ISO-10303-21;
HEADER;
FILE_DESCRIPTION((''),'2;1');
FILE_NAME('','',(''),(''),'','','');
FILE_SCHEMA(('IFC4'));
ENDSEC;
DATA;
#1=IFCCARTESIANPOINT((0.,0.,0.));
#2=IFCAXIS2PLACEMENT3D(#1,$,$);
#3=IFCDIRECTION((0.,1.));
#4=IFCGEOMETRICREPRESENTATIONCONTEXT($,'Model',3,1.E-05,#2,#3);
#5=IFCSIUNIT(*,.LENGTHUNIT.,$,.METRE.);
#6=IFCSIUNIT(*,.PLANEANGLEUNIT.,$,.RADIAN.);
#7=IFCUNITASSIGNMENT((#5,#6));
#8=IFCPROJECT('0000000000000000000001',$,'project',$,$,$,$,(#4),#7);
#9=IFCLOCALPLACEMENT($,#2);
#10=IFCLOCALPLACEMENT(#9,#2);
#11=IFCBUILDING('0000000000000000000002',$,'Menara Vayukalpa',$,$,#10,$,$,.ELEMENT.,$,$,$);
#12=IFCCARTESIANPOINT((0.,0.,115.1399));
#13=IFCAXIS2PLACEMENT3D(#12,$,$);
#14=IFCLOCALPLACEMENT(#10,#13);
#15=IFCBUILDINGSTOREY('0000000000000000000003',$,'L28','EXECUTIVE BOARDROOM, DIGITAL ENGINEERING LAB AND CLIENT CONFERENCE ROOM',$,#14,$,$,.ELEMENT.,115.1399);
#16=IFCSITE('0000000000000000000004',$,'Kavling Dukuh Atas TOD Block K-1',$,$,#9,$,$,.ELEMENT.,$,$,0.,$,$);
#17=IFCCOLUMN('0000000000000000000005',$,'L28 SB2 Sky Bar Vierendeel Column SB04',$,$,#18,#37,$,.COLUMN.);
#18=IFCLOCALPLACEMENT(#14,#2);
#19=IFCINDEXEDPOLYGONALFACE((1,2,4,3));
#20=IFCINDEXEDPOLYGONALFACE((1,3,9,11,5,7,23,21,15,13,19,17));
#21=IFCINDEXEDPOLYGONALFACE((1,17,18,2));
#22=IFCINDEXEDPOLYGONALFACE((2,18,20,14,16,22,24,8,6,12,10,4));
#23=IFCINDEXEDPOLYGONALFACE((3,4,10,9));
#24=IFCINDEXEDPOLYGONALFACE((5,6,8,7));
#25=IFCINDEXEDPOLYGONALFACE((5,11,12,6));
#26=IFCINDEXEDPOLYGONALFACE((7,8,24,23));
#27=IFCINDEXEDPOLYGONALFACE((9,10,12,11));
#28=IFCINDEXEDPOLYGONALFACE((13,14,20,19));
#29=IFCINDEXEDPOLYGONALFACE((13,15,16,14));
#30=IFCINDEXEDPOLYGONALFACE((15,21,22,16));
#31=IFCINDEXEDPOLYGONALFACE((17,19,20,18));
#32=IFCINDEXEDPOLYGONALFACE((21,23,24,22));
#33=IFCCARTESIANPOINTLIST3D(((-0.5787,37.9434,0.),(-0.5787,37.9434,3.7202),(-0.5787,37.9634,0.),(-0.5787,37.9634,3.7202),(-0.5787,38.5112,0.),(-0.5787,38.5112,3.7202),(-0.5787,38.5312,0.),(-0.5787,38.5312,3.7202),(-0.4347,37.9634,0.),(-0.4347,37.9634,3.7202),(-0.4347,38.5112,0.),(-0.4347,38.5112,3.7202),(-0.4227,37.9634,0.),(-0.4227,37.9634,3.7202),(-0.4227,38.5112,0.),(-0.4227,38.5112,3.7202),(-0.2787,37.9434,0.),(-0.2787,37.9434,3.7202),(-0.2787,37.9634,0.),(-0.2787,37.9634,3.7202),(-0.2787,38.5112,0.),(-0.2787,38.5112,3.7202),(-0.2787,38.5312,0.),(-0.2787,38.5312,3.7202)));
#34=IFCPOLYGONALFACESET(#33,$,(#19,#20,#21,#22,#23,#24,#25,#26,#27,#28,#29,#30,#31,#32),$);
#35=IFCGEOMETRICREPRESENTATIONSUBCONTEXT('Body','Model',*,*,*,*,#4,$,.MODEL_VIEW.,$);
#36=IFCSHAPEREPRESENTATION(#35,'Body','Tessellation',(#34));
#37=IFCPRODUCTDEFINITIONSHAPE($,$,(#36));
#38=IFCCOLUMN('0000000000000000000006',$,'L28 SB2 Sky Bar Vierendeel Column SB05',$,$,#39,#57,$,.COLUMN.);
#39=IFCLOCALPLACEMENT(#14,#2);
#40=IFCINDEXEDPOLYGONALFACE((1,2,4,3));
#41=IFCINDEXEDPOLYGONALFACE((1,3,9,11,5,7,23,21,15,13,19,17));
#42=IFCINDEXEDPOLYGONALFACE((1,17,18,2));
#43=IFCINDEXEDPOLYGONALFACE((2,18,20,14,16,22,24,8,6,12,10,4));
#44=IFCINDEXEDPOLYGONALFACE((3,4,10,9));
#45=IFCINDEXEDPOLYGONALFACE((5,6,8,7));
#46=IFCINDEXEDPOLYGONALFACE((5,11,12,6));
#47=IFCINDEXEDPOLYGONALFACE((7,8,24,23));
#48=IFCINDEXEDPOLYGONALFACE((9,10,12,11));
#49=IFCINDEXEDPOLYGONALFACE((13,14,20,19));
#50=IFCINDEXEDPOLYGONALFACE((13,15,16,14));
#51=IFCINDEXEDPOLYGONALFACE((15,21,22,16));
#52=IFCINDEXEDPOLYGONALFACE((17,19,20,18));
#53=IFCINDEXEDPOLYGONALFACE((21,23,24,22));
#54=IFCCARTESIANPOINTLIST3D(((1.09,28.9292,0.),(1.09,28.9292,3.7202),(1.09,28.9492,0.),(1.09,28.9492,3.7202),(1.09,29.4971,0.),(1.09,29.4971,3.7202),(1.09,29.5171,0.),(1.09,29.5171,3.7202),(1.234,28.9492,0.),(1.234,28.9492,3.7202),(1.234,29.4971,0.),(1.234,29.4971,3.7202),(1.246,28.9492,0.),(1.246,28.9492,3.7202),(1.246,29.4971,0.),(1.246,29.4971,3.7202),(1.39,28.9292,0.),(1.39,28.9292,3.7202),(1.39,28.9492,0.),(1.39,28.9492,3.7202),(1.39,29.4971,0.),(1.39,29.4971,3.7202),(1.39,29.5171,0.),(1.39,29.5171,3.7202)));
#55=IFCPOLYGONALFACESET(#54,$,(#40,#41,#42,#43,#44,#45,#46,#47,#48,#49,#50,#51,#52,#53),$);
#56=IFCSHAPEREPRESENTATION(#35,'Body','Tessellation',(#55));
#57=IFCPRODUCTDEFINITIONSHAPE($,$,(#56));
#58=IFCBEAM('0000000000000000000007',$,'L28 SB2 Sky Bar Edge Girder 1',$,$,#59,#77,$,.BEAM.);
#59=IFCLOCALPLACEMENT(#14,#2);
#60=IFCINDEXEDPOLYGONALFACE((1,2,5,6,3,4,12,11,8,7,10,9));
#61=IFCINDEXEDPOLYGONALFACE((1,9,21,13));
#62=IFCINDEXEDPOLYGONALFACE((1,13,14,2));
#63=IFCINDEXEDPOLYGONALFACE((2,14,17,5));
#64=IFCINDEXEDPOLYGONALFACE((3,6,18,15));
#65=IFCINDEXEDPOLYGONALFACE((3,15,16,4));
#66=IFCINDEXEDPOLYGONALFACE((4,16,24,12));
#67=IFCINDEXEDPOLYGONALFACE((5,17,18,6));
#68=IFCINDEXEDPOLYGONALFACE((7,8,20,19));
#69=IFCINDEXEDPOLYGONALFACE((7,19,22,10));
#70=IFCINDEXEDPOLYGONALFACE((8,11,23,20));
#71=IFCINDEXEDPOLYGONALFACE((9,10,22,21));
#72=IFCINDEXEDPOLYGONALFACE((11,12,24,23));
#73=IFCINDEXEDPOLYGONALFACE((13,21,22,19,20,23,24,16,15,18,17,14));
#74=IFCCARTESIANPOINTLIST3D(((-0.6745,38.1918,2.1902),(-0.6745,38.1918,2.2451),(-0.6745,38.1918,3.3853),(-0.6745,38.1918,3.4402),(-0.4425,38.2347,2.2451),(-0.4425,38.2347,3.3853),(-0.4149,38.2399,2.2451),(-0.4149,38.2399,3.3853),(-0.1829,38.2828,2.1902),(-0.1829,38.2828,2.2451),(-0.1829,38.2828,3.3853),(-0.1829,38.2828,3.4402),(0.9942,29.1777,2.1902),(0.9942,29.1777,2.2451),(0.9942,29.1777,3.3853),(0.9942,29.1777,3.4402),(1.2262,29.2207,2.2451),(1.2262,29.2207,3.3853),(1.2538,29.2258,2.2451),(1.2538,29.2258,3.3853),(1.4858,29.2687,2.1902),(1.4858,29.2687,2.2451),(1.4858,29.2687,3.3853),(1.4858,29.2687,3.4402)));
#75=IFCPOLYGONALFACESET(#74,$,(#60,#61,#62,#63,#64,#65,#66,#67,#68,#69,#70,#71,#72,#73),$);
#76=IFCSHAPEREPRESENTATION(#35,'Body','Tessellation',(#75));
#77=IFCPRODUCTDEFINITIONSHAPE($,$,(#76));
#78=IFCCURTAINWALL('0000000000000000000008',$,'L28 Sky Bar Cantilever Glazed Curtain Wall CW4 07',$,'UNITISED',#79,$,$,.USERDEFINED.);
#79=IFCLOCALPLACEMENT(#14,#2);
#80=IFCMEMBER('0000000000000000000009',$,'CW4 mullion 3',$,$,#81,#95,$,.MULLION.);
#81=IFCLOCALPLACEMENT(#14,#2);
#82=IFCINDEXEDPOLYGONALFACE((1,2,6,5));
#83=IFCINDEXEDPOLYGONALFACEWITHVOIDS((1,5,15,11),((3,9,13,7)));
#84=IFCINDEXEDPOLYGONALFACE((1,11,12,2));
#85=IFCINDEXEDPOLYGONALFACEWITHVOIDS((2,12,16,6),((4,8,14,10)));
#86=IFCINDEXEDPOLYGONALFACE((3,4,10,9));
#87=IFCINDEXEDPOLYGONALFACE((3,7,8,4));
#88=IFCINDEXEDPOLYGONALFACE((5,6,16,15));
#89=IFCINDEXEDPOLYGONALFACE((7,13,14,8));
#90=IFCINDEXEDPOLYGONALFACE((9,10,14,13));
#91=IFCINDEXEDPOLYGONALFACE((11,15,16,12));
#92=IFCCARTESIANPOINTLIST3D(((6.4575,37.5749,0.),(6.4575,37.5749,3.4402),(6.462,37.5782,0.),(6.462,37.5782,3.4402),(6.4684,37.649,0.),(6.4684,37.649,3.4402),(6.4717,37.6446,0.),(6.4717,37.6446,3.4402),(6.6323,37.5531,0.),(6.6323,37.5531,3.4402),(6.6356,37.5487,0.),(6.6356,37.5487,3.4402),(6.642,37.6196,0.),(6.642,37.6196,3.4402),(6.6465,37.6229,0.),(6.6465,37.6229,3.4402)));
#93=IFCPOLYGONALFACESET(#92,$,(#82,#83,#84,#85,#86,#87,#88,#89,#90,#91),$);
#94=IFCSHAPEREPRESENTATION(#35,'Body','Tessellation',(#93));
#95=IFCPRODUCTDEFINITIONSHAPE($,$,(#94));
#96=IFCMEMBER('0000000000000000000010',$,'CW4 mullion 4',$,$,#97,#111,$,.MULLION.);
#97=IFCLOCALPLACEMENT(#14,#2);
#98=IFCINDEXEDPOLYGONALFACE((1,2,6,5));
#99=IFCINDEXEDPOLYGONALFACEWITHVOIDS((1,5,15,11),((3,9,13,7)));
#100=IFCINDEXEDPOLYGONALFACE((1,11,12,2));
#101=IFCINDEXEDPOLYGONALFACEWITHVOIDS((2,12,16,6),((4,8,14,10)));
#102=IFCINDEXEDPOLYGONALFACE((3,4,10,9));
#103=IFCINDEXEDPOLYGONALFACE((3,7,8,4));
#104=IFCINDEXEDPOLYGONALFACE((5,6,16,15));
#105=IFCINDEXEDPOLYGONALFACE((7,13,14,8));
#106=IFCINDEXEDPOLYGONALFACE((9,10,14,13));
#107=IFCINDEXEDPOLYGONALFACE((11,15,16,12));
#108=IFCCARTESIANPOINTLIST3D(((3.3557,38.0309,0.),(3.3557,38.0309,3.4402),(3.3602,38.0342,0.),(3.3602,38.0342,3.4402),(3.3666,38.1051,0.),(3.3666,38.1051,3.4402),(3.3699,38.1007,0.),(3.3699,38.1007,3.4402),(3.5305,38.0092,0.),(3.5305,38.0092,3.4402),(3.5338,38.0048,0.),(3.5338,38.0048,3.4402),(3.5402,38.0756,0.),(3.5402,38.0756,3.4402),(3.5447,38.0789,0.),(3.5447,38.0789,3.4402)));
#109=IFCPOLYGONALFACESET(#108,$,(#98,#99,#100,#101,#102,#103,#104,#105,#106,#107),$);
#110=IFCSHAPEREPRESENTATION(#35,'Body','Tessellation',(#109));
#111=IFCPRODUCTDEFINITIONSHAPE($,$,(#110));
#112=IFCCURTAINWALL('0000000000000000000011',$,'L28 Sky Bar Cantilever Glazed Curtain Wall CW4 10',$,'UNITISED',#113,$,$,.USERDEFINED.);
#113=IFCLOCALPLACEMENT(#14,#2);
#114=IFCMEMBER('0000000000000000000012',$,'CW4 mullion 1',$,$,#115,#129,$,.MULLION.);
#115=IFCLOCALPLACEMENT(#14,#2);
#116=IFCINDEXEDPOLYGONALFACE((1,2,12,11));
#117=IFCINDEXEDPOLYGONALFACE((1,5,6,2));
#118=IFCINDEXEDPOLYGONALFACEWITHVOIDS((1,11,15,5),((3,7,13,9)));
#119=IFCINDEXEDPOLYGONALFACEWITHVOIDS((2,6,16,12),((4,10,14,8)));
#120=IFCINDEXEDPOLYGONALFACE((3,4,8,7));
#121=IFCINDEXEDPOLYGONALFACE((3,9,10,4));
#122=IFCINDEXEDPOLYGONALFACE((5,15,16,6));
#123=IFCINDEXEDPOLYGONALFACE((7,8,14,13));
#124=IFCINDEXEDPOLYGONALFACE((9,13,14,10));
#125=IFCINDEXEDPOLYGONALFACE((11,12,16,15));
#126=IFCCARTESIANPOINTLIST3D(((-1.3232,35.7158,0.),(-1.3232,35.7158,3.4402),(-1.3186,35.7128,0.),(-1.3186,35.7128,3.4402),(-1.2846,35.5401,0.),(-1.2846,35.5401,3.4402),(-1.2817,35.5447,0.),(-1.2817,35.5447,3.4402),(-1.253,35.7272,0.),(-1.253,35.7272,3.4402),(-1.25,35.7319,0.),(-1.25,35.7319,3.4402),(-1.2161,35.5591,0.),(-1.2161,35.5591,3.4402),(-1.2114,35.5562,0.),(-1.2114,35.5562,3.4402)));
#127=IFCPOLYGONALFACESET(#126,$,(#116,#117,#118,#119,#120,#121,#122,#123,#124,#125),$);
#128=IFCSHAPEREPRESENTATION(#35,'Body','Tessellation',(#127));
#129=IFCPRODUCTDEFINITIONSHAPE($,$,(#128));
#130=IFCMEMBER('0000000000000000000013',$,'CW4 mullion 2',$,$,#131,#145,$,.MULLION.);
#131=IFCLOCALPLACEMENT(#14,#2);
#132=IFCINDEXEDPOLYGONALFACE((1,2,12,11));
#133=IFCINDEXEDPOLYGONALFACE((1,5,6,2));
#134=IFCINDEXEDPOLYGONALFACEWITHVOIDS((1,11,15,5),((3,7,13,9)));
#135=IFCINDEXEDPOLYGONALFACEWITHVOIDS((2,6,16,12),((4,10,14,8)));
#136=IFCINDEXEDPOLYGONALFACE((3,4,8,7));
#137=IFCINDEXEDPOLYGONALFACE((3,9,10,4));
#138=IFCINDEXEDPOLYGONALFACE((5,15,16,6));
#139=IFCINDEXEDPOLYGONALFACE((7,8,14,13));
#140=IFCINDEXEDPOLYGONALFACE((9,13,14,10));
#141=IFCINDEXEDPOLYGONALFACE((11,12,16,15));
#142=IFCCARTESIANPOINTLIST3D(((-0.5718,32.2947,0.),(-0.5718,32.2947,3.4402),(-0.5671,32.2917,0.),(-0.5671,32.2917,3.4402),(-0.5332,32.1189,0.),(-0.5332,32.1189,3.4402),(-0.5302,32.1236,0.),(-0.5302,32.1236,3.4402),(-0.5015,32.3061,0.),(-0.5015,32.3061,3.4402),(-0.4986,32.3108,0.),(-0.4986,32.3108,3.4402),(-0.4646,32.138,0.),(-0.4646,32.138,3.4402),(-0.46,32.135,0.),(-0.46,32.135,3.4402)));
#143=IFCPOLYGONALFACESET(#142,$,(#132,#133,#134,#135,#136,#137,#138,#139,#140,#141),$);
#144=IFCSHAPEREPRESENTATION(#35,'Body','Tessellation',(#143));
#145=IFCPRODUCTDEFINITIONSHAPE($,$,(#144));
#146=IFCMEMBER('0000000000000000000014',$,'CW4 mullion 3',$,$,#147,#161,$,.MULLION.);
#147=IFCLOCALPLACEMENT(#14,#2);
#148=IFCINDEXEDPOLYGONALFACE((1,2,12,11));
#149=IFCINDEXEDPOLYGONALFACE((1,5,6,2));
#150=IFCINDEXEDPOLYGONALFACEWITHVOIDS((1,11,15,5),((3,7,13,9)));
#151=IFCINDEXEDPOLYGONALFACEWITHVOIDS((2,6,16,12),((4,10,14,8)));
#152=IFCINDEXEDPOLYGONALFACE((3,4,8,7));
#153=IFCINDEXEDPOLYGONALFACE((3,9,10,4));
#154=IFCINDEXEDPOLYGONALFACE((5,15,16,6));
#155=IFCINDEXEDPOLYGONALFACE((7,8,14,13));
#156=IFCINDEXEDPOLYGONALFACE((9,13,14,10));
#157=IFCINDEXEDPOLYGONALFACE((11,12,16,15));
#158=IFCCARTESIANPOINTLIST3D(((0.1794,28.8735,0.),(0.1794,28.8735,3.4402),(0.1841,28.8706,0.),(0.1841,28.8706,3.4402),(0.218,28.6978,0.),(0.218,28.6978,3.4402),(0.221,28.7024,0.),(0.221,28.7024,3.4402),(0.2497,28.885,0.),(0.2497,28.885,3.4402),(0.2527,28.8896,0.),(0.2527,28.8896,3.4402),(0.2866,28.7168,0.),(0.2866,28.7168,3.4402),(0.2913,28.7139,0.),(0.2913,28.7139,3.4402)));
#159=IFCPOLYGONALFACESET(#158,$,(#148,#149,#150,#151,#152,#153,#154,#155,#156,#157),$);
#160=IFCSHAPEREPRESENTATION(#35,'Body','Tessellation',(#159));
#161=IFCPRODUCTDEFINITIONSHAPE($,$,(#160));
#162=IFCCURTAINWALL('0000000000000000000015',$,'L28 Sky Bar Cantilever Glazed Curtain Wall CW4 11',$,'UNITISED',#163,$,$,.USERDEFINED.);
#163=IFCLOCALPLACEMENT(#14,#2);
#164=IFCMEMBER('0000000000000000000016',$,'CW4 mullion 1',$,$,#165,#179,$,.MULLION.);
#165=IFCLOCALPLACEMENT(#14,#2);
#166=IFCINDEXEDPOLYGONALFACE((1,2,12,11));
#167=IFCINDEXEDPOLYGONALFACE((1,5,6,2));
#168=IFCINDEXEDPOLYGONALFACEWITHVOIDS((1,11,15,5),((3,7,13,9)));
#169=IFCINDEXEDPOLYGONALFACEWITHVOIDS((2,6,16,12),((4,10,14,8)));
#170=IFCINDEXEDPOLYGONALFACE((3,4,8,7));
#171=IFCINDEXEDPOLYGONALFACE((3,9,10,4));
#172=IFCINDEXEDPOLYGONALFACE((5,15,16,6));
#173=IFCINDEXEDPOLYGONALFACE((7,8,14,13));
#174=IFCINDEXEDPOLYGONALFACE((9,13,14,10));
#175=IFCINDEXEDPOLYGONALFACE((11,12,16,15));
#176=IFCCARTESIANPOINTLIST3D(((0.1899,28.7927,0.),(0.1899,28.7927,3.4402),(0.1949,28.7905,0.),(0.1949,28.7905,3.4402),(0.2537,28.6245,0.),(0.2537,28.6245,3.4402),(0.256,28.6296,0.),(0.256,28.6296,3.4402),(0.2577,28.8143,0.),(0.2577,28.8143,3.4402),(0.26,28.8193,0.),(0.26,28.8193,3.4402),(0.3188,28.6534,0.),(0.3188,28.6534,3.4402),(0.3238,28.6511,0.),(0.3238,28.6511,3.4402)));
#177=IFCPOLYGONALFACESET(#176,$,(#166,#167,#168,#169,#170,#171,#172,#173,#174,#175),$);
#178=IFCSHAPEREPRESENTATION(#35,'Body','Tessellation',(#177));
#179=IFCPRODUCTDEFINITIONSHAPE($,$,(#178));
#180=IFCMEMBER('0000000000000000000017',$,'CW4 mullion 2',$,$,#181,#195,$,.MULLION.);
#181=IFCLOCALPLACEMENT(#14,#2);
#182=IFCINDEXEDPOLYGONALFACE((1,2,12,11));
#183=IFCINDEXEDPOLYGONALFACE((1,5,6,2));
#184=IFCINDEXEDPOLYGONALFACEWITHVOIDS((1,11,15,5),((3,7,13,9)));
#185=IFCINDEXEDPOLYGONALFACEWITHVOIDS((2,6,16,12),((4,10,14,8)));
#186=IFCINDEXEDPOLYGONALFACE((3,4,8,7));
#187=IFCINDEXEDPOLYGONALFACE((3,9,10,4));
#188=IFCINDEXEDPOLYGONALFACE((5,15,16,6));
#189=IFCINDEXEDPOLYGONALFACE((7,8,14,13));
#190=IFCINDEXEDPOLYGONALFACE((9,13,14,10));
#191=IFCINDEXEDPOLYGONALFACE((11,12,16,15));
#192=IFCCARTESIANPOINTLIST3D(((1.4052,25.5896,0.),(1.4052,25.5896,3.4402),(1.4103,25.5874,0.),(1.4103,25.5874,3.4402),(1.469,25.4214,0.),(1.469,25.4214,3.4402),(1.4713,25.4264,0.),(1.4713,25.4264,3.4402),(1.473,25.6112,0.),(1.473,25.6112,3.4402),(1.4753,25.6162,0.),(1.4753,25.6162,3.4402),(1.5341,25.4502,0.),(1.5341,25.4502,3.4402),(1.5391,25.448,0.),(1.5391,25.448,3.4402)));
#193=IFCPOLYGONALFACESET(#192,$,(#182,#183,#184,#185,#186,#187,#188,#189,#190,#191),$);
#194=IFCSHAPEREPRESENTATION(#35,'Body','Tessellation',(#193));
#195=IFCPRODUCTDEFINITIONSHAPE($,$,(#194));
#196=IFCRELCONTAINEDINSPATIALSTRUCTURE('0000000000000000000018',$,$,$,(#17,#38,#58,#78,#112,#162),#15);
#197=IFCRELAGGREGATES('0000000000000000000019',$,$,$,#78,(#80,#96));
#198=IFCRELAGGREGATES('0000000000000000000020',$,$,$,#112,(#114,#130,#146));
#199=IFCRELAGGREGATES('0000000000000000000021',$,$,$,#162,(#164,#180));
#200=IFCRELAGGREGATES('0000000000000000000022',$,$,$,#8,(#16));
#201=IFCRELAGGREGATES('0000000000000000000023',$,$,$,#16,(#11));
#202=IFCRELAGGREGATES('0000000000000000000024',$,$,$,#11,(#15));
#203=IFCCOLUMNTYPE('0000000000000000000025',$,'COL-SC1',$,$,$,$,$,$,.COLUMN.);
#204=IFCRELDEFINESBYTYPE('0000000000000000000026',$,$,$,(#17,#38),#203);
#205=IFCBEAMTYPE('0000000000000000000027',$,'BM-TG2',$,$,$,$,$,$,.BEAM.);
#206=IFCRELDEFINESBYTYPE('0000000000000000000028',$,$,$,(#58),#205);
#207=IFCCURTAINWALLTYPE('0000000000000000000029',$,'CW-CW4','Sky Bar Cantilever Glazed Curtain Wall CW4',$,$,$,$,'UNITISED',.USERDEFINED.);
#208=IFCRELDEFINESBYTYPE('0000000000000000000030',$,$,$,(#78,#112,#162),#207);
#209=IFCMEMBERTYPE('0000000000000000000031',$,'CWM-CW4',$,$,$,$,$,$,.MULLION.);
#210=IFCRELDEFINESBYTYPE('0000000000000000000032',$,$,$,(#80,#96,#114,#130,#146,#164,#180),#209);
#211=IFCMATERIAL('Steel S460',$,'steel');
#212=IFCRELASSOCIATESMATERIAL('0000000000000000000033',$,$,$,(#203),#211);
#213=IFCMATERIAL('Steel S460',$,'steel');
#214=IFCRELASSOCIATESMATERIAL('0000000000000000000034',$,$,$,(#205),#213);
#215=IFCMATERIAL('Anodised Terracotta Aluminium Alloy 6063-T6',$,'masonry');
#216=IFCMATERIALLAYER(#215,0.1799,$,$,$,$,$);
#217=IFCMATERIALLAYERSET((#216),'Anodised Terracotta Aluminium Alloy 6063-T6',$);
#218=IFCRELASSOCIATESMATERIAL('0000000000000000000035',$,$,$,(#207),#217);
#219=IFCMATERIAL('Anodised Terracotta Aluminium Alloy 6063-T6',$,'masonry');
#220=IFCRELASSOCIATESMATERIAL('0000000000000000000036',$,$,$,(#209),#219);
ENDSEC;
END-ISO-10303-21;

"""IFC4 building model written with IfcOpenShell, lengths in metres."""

from ifc_helpers import new_model, si_unit, direction, frame, origin, origin_2d, place, context, subcontext, project, spatial, hollow_rectangle, i_section, extrude, material, layer, layer_set, material_profile, profile_set, type_object, element, aggregate, save


model = new_model("IFC4")

# Units and contexts
model_context = context("Model", 3, precision=1e-05, world=origin(), true_north=direction((0.0, 1.0)))
body_context = subcontext(model_context, "Body", "Model", "MODEL_VIEW")
ifc_project = project(units=[si_unit("LENGTHUNIT", "METRE"), si_unit("PLANEANGLEUNIT", "RADIAN")], contexts=[model_context])

# Site, building, storey
site_placement = place(None, origin())
site = spatial("IfcSite", under=ifc_project, at=site_placement, Name="Kavling Dukuh Atas TOD Block K-1", CompositionType="ELEMENT", RefElevation=0.0)
building_placement = place(site_placement, origin())
building = spatial("IfcBuilding", under=site, at=building_placement, Name="Menara Vayukalpa", CompositionType="ELEMENT")
storey_placement = place(building_placement, frame((0.0, 0.0, 115.1399)))
storey = spatial("IfcBuildingStorey", under=building, at=storey_placement, Name="L28", Description="EXECUTIVE BOARDROOM, DIGITAL ENGINEERING LAB AND CLIENT CONFERENCE ROOM", CompositionType="ELEMENT", Elevation=115.1399)

# Columns
ifc_material_1 = material(Name="Steel S460", Category="steel")
ifc_material_profile_1 = material_profile(ifc_material_1, i_section(OverallWidth=0.3, OverallDepth=0.5879, WebThickness=0.012, FlangeThickness=0.02, at=origin_2d()), Name="H 588x300x12x20")
ifc_profile_set_1 = profile_set([ifc_material_profile_1], Name="Steel S460")
column_type = type_object("IfcColumnType", Name="COL-SC1", PredefinedType="COLUMN", material=ifc_profile_set_1)
for number, where, z_axis, x_axis, name in (
    (1, (-0.4287, 38.2373, 0.0), (0.0, 0.0, 1.0), (1.0, 0.0, 0.0), "L28 SB2 Sky Bar Vierendeel Column SB04"),
    (2, (1.24, 29.2231, 0.0), (0.0, 0.0, 1.0), (1.0, 0.0, 0.0), "L28 SB2 Sky Bar Vierendeel Column SB05"),
):
    element("IfcColumn", number, at=place(storey_placement, frame(where, z_axis=z_axis, x_axis=x_axis)), inside=storey, type_object=column_type, Name=name, PredefinedType="COLUMN", context=body_context, shape_type="SweptSolid", body=[
        extrude(i_section(OverallWidth=0.3, OverallDepth=0.5879, WebThickness=0.012, FlangeThickness=0.02, at=origin_2d()), origin(), (0.0, 0.0, 1.0), 3.7202),
    ])

# Beam
ifc_material_2 = material(Name="Steel S460", Category="steel")
ifc_material_profile_2 = material_profile(ifc_material_2, i_section(OverallWidth=0.5, OverallDepth=1.25, WebThickness=0.0281, FlangeThickness=0.0549, at=origin_2d()), Name="WG 1250x500x28x55")
ifc_profile_set_2 = profile_set([ifc_material_profile_2], Name="Steel S460")
beam_type = type_object("IfcBeamType", Name="BM-TG2", PredefinedType="BEAM", material=ifc_profile_set_2)
beam_placement = place(storey_placement, frame((-0.4287, 38.2373, 2.8152), z_axis=(0.182027, -0.983293, 0.0), x_axis=(0.983293, 0.182027, 0.0)))
element("IfcBeam", 3, at=beam_placement, inside=storey, type_object=beam_type, Name="L28 SB2 Sky Bar Edge Girder 1", PredefinedType="BEAM", context=body_context, shape_type="SweptSolid", body=[
    extrude(i_section(OverallWidth=0.5, OverallDepth=1.25, WebThickness=0.0281, FlangeThickness=0.0549, at=origin_2d()), origin(), (0.0, 0.0, 1.0), 9.1672),
])

# Curtain walls, members
ifc_material_3 = material(Name="Anodised Terracotta Aluminium Alloy 6063-T6", Category="masonry")
ifc_layer_1 = layer(ifc_material_3, 0.1799)
ifc_layer_set_1 = layer_set([ifc_layer_1], Name="Anodised Terracotta Aluminium Alloy 6063-T6")
curtain_wall_type = type_object("IfcCurtainWallType", Name="CW-CW4", Description="Sky Bar Cantilever Glazed Curtain Wall CW4", ElementType="UNITISED", PredefinedType="USERDEFINED", material=ifc_layer_set_1)
curtain_wall_1_placement = place(storey_placement, origin())
curtain_wall_1 = element("IfcCurtainWall", 4, at=curtain_wall_1_placement, inside=storey, type_object=curtain_wall_type, Name="L28 Sky Bar Cantilever Glazed Curtain Wall CW4 07", ObjectType="UNITISED", PredefinedType="USERDEFINED")
ifc_material_4 = material(Name="Anodised Terracotta Aluminium Alloy 6063-T6", Category="masonry")
ifc_material_profile_3 = material_profile(ifc_material_4, hollow_rectangle(XDim=0.075, YDim=0.1799, WallThickness=0.0039, at=origin_2d()), Name="ALU 75x180x4")
ifc_profile_set_3 = profile_set([ifc_material_profile_3], Name="Anodised Terracotta Aluminium Alloy 6063-T6")
member_type_1 = type_object("IfcMemberType", Name="CWM-CW4", PredefinedType="MULLION", material=ifc_profile_set_3)
member_1_placement = place(storey_placement, frame((6.552, 37.5989, 0.0), z_axis=(0.0, 0.0, 1.0), x_axis=(-0.145451, -0.989365, 0.0)))
member_1 = element("IfcMember", 5, at=member_1_placement, type_object=member_type_1, Name="CW4 mullion 3", PredefinedType="MULLION", context=body_context, shape_type="SweptSolid", body=[
    extrude(hollow_rectangle(XDim=0.075, YDim=0.1799, WallThickness=0.0039, at=origin_2d()), origin(), (0.0, 0.0, 1.0), 3.4402),
])
member_2_placement = place(storey_placement, frame((3.4502, 38.0549, 0.0), z_axis=(0.0, 0.0, 1.0), x_axis=(-0.145451, -0.989365, 0.0)))
member_2 = element("IfcMember", 6, at=member_2_placement, type_object=member_type_1, Name="CW4 mullion 4", PredefinedType="MULLION", context=body_context, shape_type="SweptSolid", body=[
    extrude(hollow_rectangle(XDim=0.075, YDim=0.1799, WallThickness=0.0039, at=origin_2d()), origin(), (0.0, 0.0, 1.0), 3.4402),
])
curtain_wall_2_placement = place(storey_placement, origin())
curtain_wall_2 = element("IfcCurtainWall", 7, at=curtain_wall_2_placement, inside=storey, type_object=curtain_wall_type, Name="L28 Sky Bar Cantilever Glazed Curtain Wall CW4 10", ObjectType="UNITISED", PredefinedType="USERDEFINED")
member_3_placement = place(storey_placement, frame((-1.2673, 35.636, 0.0), z_axis=(0.0, 0.0, 1.0), x_axis=(0.976722, 0.21451, 0.0)))
member_3 = element("IfcMember", 8, at=member_3_placement, type_object=member_type_1, Name="CW4 mullion 1", PredefinedType="MULLION", context=body_context, shape_type="SweptSolid", body=[
    extrude(hollow_rectangle(XDim=0.075, YDim=0.1799, WallThickness=0.0039, at=origin_2d()), origin(), (0.0, 0.0, 1.0), 3.4402),
])
member_4_placement = place(storey_placement, frame((-0.5159, 32.2148, 0.0), z_axis=(0.0, 0.0, 1.0), x_axis=(0.976722, 0.21451, 0.0)))
member_4 = element("IfcMember", 9, at=member_4_placement, type_object=member_type_1, Name="CW4 mullion 2", PredefinedType="MULLION", context=body_context, shape_type="SweptSolid", body=[
    extrude(hollow_rectangle(XDim=0.075, YDim=0.1799, WallThickness=0.0039, at=origin_2d()), origin(), (0.0, 0.0, 1.0), 3.4402),
])
member_5_placement = place(storey_placement, frame((0.2354, 28.7937, 0.0), z_axis=(0.0, 0.0, 1.0), x_axis=(0.976722, 0.21451, 0.0)))
member_5 = element("IfcMember", 10, at=member_5_placement, type_object=member_type_1, Name="CW4 mullion 3", PredefinedType="MULLION", context=body_context, shape_type="SweptSolid", body=[
    extrude(hollow_rectangle(XDim=0.075, YDim=0.1799, WallThickness=0.0039, at=origin_2d()), origin(), (0.0, 0.0, 1.0), 3.4402),
])
curtain_wall_3_placement = place(storey_placement, origin())
curtain_wall_3 = element("IfcCurtainWall", 11, at=curtain_wall_3_placement, inside=storey, type_object=curtain_wall_type, Name="L28 Sky Bar Cantilever Glazed Curtain Wall CW4 11", ObjectType="UNITISED", PredefinedType="USERDEFINED")
member_6_placement = place(storey_placement, frame((0.2568, 28.7219, 0.0), z_axis=(0.0, 0.0, 1.0), x_axis=(0.934964, 0.354742, 0.0)))
member_6 = element("IfcMember", 12, at=member_6_placement, type_object=member_type_1, Name="CW4 mullion 1", PredefinedType="MULLION", context=body_context, shape_type="SweptSolid", body=[
    extrude(hollow_rectangle(XDim=0.075, YDim=0.1799, WallThickness=0.0039, at=origin_2d()), origin(), (0.0, 0.0, 1.0), 3.4402),
])
member_7_placement = place(storey_placement, frame((1.4722, 25.5188, 0.0), z_axis=(0.0, 0.0, 1.0), x_axis=(0.934964, 0.354742, 0.0)))
member_7 = element("IfcMember", 13, at=member_7_placement, type_object=member_type_1, Name="CW4 mullion 2", PredefinedType="MULLION", context=body_context, shape_type="SweptSolid", body=[
    extrude(hollow_rectangle(XDim=0.075, YDim=0.1799, WallThickness=0.0039, at=origin_2d()), origin(), (0.0, 0.0, 1.0), 3.4402),
])

aggregate(curtain_wall_1, [member_1, member_2])
aggregate(curtain_wall_2, [member_3, member_4, member_5])
aggregate(curtain_wall_3, [member_6, member_7])

save(model, "model.ifc")
